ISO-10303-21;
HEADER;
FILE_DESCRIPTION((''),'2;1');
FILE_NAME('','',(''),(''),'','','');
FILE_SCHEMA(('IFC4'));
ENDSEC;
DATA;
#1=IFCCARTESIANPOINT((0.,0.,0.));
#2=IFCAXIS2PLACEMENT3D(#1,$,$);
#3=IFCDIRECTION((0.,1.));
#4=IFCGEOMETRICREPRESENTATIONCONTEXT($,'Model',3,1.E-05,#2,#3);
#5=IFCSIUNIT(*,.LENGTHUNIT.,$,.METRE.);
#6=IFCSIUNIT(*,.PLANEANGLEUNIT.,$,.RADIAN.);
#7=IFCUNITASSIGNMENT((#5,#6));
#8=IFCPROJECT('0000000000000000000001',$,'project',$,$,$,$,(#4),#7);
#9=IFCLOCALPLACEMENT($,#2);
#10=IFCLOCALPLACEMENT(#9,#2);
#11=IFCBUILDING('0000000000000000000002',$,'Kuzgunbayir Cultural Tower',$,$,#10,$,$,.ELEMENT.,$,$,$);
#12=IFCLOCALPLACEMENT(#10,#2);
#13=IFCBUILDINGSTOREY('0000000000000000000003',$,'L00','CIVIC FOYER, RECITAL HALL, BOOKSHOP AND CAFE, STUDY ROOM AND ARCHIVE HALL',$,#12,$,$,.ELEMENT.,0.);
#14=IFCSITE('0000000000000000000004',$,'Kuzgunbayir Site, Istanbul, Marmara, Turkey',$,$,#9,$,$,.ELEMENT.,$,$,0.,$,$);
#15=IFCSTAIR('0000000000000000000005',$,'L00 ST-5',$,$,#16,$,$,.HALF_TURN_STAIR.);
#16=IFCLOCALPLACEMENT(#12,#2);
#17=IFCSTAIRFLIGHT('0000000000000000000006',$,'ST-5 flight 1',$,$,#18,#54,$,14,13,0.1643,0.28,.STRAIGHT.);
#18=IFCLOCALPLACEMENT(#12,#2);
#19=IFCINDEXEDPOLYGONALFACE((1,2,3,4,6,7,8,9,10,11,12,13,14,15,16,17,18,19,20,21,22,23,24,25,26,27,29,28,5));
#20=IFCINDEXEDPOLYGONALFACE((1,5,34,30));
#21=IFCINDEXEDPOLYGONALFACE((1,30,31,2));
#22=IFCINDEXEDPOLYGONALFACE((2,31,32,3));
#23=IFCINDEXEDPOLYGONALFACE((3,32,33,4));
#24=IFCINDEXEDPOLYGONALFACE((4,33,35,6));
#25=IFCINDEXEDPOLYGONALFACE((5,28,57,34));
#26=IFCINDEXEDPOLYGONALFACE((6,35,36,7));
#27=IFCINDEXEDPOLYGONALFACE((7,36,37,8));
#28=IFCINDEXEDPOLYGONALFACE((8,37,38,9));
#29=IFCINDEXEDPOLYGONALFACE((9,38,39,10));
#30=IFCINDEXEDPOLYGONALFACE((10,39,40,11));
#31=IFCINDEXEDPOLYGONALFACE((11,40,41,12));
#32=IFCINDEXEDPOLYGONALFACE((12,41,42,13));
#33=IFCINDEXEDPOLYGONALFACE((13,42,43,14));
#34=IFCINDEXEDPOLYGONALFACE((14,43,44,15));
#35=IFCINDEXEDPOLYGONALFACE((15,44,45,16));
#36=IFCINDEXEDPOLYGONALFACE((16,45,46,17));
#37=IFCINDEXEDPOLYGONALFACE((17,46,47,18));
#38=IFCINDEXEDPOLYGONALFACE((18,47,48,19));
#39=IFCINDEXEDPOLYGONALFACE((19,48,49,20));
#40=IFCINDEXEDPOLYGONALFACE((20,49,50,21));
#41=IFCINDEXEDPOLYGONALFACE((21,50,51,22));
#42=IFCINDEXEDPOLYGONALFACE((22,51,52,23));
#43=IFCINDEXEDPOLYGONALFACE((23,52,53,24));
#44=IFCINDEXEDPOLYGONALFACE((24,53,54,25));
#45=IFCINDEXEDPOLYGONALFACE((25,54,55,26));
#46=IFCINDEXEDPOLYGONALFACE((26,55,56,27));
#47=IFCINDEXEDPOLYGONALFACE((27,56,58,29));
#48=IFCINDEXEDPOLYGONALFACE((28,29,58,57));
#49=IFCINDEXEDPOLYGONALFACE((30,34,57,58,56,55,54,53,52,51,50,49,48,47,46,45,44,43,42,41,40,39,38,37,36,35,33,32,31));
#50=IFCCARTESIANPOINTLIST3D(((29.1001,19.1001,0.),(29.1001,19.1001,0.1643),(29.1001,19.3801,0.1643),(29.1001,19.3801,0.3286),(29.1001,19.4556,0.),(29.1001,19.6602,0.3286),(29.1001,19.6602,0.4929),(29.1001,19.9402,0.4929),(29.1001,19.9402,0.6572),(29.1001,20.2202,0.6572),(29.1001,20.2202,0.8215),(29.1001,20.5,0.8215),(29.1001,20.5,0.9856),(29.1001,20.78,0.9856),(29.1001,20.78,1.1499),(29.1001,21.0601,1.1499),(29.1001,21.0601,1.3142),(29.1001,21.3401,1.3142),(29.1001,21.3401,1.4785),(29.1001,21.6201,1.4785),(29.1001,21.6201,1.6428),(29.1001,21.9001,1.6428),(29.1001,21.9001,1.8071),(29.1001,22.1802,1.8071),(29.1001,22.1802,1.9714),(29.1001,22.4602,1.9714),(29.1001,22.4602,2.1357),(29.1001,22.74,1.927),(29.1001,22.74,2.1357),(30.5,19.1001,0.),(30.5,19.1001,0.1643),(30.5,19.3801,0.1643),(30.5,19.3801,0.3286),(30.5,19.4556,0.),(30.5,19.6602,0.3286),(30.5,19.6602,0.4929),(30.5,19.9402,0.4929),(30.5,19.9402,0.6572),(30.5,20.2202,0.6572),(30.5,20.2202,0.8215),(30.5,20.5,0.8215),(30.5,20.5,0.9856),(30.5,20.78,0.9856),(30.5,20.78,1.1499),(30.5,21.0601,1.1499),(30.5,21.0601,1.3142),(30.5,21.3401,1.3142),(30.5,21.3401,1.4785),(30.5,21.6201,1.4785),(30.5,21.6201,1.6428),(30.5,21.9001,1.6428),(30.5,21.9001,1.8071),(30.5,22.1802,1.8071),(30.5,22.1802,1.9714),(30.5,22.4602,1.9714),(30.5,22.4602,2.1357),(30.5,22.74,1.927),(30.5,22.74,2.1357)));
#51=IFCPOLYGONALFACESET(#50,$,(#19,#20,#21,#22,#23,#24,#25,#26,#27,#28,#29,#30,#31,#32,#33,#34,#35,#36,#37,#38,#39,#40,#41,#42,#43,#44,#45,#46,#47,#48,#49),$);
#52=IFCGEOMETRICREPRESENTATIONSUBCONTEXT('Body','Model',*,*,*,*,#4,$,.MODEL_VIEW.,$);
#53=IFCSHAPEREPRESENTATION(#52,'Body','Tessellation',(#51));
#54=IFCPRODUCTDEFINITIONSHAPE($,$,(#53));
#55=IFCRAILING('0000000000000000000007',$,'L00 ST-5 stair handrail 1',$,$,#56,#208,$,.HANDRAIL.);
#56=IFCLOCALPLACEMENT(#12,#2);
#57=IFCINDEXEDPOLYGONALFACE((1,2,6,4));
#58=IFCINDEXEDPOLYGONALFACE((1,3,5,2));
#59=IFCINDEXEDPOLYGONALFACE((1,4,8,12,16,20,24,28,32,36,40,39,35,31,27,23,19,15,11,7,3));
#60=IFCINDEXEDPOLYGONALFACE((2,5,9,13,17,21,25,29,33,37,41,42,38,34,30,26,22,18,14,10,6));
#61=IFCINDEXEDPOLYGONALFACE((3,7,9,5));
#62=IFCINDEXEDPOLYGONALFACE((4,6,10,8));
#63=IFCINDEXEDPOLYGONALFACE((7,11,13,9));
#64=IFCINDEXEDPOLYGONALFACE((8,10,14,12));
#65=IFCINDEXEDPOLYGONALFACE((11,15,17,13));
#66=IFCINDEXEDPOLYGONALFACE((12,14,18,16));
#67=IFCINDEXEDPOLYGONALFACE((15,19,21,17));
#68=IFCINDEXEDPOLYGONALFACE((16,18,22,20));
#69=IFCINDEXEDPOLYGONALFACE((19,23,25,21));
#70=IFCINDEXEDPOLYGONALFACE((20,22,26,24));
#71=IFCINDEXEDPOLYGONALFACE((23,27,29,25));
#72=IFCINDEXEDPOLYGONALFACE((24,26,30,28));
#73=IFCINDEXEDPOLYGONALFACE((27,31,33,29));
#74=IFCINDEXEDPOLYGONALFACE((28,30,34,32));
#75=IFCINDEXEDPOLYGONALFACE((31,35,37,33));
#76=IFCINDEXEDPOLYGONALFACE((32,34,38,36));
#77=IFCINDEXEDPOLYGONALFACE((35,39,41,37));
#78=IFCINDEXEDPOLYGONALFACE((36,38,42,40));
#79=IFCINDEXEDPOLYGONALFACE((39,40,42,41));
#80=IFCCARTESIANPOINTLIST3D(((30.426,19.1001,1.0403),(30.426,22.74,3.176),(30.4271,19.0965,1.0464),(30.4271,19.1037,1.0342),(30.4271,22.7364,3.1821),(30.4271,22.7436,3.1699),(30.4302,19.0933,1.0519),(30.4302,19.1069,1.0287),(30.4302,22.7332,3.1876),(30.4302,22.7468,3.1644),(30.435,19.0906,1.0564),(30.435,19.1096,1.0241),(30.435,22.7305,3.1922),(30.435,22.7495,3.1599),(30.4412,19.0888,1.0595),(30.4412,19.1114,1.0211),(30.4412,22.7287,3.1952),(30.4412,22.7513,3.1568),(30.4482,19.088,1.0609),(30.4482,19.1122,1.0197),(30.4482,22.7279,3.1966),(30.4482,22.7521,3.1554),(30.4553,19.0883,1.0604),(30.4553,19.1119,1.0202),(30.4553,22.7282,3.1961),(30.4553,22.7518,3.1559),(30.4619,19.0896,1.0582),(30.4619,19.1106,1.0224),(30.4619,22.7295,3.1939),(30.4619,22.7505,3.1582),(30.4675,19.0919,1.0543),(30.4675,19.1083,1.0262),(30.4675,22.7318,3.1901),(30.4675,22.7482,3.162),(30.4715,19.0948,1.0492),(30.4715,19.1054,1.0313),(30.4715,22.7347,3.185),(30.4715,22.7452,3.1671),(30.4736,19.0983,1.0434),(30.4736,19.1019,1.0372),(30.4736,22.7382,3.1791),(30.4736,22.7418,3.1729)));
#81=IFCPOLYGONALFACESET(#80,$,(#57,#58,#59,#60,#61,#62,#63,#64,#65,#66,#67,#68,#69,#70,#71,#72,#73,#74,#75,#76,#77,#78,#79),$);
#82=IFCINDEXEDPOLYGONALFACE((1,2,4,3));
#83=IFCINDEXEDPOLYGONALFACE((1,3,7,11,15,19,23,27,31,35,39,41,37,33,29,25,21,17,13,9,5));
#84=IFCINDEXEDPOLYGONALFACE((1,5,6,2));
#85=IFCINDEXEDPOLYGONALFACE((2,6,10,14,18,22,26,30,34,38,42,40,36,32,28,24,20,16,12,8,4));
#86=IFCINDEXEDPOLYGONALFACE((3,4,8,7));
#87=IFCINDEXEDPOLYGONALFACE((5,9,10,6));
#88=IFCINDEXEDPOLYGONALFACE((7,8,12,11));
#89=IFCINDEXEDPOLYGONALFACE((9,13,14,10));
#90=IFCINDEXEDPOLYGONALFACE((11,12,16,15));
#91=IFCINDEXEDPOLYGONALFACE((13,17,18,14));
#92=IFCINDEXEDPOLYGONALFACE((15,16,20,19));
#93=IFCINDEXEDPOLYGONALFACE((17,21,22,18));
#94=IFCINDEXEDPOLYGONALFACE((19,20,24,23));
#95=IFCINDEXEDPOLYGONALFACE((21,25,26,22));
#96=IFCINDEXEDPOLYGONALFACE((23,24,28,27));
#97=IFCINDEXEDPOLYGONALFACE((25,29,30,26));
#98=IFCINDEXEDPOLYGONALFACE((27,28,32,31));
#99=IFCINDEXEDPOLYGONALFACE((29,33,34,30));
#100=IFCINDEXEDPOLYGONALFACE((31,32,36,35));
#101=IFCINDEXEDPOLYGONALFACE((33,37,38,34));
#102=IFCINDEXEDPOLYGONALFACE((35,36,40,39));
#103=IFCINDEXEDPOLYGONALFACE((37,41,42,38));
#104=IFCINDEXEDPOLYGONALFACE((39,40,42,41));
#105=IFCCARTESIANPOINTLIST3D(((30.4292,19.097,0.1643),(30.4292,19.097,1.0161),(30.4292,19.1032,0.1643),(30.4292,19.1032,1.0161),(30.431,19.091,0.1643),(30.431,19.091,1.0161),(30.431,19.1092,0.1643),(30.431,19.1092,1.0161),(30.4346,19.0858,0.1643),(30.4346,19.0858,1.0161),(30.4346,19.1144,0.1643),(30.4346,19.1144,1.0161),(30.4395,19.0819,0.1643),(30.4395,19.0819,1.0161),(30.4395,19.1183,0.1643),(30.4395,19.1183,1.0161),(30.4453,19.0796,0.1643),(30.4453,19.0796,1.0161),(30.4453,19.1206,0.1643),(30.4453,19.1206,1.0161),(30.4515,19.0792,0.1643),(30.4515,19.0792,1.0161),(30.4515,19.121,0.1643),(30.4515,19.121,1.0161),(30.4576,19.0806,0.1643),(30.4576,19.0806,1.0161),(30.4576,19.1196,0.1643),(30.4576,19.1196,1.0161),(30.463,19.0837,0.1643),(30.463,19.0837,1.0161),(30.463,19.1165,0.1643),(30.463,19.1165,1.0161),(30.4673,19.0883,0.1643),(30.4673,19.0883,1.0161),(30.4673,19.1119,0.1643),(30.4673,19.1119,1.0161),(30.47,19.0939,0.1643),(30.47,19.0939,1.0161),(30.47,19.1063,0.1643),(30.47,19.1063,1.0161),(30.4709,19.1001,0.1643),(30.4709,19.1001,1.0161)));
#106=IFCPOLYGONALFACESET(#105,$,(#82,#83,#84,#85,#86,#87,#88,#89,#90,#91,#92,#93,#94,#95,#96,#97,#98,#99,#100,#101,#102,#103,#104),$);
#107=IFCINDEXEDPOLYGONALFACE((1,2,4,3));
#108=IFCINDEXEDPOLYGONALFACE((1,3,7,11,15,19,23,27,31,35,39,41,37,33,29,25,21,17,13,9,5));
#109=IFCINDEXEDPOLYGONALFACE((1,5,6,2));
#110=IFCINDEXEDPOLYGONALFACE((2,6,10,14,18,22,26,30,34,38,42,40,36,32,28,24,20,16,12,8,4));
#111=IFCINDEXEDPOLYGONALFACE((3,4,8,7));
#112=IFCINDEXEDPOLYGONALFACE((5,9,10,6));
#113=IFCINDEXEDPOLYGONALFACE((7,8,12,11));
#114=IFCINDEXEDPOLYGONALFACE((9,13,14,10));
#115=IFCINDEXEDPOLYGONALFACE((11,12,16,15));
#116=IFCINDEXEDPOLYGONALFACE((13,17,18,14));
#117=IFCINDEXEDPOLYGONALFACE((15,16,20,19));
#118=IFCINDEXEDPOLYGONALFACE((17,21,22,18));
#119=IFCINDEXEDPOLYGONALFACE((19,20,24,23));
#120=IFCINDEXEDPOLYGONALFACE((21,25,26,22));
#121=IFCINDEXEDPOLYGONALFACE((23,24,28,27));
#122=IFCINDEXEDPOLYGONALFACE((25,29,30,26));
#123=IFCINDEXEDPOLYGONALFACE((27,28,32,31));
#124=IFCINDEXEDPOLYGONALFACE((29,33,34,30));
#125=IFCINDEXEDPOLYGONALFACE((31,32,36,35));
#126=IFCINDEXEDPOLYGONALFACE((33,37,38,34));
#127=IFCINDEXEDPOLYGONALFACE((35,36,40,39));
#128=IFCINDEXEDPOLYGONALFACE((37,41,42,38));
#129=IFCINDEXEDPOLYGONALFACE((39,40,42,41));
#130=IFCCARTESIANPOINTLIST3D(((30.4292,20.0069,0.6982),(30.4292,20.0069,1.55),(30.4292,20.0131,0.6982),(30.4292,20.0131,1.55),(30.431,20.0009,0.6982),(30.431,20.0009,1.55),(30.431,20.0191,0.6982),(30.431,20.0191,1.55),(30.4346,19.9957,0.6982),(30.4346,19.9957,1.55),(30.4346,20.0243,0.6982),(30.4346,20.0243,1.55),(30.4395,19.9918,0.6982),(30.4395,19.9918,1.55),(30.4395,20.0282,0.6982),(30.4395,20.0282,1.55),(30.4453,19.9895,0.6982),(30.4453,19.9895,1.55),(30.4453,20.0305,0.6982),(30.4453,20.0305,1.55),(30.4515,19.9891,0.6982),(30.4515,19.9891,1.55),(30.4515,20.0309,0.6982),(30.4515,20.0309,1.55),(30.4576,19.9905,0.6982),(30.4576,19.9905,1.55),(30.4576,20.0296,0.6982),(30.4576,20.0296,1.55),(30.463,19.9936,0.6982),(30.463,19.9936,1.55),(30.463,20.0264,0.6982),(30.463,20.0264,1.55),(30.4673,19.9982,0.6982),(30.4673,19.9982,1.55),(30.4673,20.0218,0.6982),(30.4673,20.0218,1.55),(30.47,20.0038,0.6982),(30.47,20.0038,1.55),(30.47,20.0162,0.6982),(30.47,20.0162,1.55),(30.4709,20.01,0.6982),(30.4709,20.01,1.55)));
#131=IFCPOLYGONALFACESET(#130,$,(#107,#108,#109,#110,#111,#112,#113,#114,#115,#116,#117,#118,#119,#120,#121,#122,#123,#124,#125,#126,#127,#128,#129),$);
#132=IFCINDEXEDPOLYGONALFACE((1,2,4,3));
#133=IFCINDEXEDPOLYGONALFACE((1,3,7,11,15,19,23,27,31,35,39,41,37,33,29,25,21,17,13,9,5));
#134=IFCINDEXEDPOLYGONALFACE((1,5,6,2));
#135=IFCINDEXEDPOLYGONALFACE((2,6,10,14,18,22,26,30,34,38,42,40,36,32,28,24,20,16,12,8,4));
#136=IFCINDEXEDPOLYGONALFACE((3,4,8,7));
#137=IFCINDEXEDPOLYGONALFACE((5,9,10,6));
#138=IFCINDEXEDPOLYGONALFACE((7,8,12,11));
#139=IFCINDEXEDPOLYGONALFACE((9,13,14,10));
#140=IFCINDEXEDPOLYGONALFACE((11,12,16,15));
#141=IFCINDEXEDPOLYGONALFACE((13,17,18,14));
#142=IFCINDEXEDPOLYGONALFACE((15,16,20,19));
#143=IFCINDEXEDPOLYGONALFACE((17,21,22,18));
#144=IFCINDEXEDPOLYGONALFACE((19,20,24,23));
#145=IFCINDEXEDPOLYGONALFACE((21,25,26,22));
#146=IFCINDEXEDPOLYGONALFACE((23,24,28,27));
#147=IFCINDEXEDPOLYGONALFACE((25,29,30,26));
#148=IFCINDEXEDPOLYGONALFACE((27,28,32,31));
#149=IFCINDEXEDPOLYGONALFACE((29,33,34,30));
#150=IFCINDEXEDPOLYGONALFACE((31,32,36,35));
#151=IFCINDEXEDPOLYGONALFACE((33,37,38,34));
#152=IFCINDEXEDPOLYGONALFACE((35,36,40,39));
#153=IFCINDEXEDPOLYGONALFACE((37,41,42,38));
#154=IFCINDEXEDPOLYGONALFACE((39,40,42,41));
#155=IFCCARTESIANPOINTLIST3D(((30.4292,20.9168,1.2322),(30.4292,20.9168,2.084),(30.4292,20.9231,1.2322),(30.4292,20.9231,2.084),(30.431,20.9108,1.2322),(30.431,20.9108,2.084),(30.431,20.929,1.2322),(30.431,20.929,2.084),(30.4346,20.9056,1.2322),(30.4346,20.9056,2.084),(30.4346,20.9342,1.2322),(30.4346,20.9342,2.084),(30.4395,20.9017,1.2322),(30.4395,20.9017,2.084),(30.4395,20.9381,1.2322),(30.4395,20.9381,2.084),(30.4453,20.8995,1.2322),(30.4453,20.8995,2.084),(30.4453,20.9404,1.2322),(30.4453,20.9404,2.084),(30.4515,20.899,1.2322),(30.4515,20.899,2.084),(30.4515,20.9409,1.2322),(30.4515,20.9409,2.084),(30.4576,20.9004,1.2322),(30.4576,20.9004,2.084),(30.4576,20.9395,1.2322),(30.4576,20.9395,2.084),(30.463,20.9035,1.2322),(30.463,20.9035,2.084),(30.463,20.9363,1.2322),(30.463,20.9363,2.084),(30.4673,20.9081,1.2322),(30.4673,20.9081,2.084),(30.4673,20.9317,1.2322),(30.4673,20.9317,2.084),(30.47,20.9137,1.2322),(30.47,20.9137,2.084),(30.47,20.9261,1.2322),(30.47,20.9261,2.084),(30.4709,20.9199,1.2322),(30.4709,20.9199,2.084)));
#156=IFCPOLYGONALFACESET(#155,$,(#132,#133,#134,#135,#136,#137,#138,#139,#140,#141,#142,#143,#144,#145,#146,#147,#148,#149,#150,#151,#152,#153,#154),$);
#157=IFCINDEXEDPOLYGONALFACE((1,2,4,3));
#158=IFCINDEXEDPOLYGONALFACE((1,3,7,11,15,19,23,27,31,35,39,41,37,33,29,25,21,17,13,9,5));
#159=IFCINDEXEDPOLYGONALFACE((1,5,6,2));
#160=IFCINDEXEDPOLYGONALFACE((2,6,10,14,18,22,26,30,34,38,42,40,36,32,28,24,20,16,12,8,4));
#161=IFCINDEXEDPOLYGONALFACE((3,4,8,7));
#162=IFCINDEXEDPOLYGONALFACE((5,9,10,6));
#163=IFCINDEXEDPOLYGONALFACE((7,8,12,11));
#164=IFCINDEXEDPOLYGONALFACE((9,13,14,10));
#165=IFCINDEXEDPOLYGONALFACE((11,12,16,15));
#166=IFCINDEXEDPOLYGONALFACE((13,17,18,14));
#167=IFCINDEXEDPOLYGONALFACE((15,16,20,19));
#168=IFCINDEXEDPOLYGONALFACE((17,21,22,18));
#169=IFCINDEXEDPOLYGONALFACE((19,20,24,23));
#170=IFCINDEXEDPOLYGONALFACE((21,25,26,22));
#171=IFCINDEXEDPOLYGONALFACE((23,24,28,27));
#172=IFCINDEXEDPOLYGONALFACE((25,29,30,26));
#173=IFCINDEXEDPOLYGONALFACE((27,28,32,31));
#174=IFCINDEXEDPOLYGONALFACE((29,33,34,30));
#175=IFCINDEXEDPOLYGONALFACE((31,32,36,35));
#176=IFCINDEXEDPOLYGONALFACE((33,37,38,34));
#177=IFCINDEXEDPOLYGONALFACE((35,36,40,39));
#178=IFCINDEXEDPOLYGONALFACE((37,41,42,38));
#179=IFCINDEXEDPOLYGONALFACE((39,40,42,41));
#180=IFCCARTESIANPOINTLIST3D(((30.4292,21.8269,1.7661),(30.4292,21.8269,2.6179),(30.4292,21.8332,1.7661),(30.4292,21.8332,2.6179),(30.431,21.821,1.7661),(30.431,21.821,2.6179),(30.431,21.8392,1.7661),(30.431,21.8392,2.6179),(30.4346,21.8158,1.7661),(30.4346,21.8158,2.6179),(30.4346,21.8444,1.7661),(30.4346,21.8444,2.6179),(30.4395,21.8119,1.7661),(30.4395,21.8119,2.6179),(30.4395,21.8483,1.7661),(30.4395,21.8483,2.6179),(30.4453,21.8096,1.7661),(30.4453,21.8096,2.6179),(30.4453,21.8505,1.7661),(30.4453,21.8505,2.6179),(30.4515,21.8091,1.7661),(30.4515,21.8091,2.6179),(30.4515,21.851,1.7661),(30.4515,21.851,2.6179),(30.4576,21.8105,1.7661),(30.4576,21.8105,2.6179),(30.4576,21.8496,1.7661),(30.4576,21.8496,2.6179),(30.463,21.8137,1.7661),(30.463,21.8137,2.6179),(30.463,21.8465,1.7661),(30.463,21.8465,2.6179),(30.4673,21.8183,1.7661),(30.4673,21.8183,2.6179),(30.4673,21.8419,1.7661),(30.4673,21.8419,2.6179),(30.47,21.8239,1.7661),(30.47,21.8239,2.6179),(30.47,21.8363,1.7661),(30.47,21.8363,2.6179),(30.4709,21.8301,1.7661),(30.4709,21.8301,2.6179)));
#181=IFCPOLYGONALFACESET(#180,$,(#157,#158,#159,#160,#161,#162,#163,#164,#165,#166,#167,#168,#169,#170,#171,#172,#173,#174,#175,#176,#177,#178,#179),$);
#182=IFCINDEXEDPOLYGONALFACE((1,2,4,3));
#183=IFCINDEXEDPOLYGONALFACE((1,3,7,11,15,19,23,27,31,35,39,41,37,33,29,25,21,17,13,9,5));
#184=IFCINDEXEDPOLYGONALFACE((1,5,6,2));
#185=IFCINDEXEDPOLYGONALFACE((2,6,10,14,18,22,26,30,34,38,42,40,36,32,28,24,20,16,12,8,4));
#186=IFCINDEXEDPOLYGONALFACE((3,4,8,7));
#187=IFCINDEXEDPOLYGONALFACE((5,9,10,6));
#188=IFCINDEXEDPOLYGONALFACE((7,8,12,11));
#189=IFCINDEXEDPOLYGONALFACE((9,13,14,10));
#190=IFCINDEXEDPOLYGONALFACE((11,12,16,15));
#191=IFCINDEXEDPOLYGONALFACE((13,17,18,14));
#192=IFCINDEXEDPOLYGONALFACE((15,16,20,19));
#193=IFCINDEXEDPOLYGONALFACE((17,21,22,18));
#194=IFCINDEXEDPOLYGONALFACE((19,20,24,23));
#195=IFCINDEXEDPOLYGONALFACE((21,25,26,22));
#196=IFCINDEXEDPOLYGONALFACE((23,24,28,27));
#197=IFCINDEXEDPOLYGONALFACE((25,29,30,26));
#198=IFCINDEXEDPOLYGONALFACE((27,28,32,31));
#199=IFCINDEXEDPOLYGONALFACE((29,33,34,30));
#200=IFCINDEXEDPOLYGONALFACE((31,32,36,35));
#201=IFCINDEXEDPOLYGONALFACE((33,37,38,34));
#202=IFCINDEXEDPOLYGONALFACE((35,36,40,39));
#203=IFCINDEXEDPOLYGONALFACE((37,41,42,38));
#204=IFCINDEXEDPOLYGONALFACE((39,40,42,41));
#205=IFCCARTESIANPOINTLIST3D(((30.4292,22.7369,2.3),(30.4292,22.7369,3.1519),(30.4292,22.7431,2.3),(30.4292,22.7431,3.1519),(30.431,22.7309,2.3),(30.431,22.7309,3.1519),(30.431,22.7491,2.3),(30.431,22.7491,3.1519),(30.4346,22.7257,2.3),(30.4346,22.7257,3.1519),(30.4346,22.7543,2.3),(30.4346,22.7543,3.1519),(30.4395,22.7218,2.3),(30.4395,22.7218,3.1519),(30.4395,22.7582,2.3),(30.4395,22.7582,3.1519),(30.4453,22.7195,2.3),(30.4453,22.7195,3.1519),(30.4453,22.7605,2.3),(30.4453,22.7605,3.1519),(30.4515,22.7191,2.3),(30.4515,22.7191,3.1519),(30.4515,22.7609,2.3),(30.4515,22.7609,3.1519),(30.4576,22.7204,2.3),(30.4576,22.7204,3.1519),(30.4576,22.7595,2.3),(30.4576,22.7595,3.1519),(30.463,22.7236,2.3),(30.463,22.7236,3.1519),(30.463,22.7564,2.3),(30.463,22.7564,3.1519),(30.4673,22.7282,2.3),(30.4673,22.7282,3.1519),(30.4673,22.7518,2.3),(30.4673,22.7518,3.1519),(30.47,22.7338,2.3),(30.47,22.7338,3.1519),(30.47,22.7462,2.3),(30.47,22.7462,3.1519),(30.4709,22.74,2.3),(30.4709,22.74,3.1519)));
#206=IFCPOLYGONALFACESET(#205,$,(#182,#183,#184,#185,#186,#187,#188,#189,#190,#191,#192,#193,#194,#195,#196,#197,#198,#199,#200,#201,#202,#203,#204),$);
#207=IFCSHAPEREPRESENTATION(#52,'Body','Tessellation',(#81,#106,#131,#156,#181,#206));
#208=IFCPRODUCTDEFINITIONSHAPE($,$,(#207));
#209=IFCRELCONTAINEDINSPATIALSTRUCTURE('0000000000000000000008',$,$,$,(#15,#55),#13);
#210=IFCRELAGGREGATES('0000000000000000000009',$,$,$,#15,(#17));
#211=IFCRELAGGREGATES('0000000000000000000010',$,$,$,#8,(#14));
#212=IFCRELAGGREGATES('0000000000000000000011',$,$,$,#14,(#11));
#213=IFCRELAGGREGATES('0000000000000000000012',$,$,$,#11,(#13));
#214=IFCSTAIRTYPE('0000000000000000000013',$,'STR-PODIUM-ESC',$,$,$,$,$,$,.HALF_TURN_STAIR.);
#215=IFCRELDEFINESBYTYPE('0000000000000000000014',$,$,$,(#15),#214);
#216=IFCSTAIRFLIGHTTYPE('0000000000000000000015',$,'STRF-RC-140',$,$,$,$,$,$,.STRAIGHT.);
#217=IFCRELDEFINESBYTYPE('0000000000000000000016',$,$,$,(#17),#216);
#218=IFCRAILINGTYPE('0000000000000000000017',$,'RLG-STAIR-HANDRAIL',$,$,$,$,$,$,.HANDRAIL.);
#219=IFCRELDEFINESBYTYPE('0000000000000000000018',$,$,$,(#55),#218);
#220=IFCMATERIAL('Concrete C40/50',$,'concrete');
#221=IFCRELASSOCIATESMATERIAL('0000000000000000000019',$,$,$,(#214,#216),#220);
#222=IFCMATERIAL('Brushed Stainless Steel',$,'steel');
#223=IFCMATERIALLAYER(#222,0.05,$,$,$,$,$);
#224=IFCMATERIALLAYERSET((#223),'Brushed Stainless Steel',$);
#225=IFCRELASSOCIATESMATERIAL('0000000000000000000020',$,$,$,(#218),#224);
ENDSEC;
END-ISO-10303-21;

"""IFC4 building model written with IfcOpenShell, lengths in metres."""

from ifc_helpers import new_model, si_unit, direction, frame, origin, origin_2d, place, context, subcontext, project, spatial, polyline, circle, outline, extrude, material, layer, layer_set, type_object, element, aggregate, save


model = new_model("IFC4")

# Units and contexts
model_context = context("Model", 3, precision=1e-05, world=origin(), true_north=direction((0.0, 1.0)))
body_context = subcontext(model_context, "Body", "Model", "MODEL_VIEW")
ifc_project = project(units=[si_unit("LENGTHUNIT", "METRE"), si_unit("PLANEANGLEUNIT", "RADIAN")], contexts=[model_context])

# Site, building, storey
site_placement = place(None, origin())
site = spatial("IfcSite", under=ifc_project, at=site_placement, Name="Kuzgunbayir Site, Istanbul, Marmara, Turkey", CompositionType="ELEMENT", RefElevation=0.0)
building_placement = place(site_placement, origin())
building = spatial("IfcBuilding", under=site, at=building_placement, Name="Kuzgunbayir Cultural Tower", CompositionType="ELEMENT")
storey_placement = place(building_placement, origin())
storey = spatial("IfcBuildingStorey", under=building, at=storey_placement, Name="L00", Description="CIVIC FOYER, RECITAL HALL, BOOKSHOP AND CAFE, STUDY ROOM AND ARCHIVE HALL", CompositionType="ELEMENT", Elevation=0.0)

# Shared definitions
ifc_material_1 = material(Name="Concrete C40/50", Category="concrete")

# Stair, stair flight
stair_type = type_object("IfcStairType", Name="STR-PODIUM-ESC", PredefinedType="HALF_TURN_STAIR", material=ifc_material_1)
stair_placement = place(storey_placement, origin())
stair = element("IfcStair", 1, at=stair_placement, inside=storey, type_object=stair_type, Name="L00 ST-5", PredefinedType="HALF_TURN_STAIR")
stair_flight_type = type_object("IfcStairFlightType", Name="STRF-RC-140", PredefinedType="STRAIGHT", material=ifc_material_1)
stair_flight_placement = place(storey_placement, frame((29.8, 19.1001, 0.0), z_axis=(0.0, 0.0, 1.0), x_axis=(0.0, 1.0, 0.0)))
stair_flight = element("IfcStairFlight", 2, at=stair_flight_placement, type_object=stair_flight_type, Name="ST-5 flight 1", NumberOfRisers=14, NumberOfTreads=13, PredefinedType="STRAIGHT", RiserHeight=0.1643, TreadLength=0.28, context=body_context, shape_type="SweptSolid", body=[
    extrude(outline(polyline([(0.0, 0.0), (0.0, 0.1643), (0.28, 0.1643), (0.28, 0.3286), (0.5601, 0.3286), (0.5601, 0.4929), (0.8401, 0.4929), (0.8401, 0.6572), (1.1201, 0.6572), (1.1201, 0.8215), (1.3999, 0.8215), (1.3999, 0.9856), (1.6799, 0.9856), (1.6799, 1.1499), (1.96, 1.1499), (1.96, 1.3142), (2.24, 1.3142), (2.24, 1.4785), (2.52, 1.4785), (2.52, 1.6428), (2.8, 1.6428), (2.8, 1.8071), (3.0801, 1.8071), (3.0801, 1.9714), (3.3601, 1.9714), (3.3601, 2.1357), (3.6399, 2.1357), (3.6399, 2.3), (3.6399, 1.927), (0.3555, 0.0), (0.0, 0.0)])), frame((0.0, 0.7, 0.0), z_axis=(0.0, -1.0, 0.0), x_axis=(1.0, 0.0, 0.0)), (0.0, 0.0, 1.0), 1.3999),
])
aggregate(stair, [stair_flight])

# Railing
ifc_material_2 = material(Name="Brushed Stainless Steel", Category="steel")
ifc_layer_1 = layer(ifc_material_2, 0.05)
ifc_layer_set_1 = layer_set([ifc_layer_1], Name="Brushed Stainless Steel")
railing_type_1 = type_object("IfcRailingType", Name="RLG-STAIR-HANDRAIL", PredefinedType="HANDRAIL", material=ifc_layer_set_1)
railing_1_placement = place(storey_placement, frame((30.45, 19.1001, 0.1643)))
element("IfcRailing", 3, at=railing_1_placement, inside=storey, type_object=railing_type_1, Name="L00 ST-5 stair handrail 1", PredefinedType="HANDRAIL", context=body_context, shape_type="SweptSolid", body=[
    extrude(circle(Radius=0.0239, at=origin_2d()), frame((0.0, 0.0, 0.876), z_axis=(0.0, 0.86249, 0.506074), x_axis=(-1.0, 0.0, 0.0)), (0.0, 0.0, 1.0), 4.2202),
    extrude(circle(Radius=0.021, at=origin_2d()), origin(), (0.0, 0.0, 1.0), 0.8518),
    extrude(circle(Radius=0.021, at=origin_2d()), frame((0.0, 0.9099, 0.5339)), (0.0, 0.0, 1.0), 0.8518),
    extrude(circle(Radius=0.021, at=origin_2d()), frame((0.0, 1.8198, 1.0679)), (0.0, 0.0, 1.0), 0.8518),
    extrude(circle(Radius=0.021, at=origin_2d()), frame((0.0, 2.73, 1.6018)), (0.0, 0.0, 1.0), 0.8518),
    extrude(circle(Radius=0.021, at=origin_2d()), frame((0.0, 3.6399, 2.1357)), (0.0, 0.0, 1.0), 0.8518),
])

save(model, "model.ifc")
